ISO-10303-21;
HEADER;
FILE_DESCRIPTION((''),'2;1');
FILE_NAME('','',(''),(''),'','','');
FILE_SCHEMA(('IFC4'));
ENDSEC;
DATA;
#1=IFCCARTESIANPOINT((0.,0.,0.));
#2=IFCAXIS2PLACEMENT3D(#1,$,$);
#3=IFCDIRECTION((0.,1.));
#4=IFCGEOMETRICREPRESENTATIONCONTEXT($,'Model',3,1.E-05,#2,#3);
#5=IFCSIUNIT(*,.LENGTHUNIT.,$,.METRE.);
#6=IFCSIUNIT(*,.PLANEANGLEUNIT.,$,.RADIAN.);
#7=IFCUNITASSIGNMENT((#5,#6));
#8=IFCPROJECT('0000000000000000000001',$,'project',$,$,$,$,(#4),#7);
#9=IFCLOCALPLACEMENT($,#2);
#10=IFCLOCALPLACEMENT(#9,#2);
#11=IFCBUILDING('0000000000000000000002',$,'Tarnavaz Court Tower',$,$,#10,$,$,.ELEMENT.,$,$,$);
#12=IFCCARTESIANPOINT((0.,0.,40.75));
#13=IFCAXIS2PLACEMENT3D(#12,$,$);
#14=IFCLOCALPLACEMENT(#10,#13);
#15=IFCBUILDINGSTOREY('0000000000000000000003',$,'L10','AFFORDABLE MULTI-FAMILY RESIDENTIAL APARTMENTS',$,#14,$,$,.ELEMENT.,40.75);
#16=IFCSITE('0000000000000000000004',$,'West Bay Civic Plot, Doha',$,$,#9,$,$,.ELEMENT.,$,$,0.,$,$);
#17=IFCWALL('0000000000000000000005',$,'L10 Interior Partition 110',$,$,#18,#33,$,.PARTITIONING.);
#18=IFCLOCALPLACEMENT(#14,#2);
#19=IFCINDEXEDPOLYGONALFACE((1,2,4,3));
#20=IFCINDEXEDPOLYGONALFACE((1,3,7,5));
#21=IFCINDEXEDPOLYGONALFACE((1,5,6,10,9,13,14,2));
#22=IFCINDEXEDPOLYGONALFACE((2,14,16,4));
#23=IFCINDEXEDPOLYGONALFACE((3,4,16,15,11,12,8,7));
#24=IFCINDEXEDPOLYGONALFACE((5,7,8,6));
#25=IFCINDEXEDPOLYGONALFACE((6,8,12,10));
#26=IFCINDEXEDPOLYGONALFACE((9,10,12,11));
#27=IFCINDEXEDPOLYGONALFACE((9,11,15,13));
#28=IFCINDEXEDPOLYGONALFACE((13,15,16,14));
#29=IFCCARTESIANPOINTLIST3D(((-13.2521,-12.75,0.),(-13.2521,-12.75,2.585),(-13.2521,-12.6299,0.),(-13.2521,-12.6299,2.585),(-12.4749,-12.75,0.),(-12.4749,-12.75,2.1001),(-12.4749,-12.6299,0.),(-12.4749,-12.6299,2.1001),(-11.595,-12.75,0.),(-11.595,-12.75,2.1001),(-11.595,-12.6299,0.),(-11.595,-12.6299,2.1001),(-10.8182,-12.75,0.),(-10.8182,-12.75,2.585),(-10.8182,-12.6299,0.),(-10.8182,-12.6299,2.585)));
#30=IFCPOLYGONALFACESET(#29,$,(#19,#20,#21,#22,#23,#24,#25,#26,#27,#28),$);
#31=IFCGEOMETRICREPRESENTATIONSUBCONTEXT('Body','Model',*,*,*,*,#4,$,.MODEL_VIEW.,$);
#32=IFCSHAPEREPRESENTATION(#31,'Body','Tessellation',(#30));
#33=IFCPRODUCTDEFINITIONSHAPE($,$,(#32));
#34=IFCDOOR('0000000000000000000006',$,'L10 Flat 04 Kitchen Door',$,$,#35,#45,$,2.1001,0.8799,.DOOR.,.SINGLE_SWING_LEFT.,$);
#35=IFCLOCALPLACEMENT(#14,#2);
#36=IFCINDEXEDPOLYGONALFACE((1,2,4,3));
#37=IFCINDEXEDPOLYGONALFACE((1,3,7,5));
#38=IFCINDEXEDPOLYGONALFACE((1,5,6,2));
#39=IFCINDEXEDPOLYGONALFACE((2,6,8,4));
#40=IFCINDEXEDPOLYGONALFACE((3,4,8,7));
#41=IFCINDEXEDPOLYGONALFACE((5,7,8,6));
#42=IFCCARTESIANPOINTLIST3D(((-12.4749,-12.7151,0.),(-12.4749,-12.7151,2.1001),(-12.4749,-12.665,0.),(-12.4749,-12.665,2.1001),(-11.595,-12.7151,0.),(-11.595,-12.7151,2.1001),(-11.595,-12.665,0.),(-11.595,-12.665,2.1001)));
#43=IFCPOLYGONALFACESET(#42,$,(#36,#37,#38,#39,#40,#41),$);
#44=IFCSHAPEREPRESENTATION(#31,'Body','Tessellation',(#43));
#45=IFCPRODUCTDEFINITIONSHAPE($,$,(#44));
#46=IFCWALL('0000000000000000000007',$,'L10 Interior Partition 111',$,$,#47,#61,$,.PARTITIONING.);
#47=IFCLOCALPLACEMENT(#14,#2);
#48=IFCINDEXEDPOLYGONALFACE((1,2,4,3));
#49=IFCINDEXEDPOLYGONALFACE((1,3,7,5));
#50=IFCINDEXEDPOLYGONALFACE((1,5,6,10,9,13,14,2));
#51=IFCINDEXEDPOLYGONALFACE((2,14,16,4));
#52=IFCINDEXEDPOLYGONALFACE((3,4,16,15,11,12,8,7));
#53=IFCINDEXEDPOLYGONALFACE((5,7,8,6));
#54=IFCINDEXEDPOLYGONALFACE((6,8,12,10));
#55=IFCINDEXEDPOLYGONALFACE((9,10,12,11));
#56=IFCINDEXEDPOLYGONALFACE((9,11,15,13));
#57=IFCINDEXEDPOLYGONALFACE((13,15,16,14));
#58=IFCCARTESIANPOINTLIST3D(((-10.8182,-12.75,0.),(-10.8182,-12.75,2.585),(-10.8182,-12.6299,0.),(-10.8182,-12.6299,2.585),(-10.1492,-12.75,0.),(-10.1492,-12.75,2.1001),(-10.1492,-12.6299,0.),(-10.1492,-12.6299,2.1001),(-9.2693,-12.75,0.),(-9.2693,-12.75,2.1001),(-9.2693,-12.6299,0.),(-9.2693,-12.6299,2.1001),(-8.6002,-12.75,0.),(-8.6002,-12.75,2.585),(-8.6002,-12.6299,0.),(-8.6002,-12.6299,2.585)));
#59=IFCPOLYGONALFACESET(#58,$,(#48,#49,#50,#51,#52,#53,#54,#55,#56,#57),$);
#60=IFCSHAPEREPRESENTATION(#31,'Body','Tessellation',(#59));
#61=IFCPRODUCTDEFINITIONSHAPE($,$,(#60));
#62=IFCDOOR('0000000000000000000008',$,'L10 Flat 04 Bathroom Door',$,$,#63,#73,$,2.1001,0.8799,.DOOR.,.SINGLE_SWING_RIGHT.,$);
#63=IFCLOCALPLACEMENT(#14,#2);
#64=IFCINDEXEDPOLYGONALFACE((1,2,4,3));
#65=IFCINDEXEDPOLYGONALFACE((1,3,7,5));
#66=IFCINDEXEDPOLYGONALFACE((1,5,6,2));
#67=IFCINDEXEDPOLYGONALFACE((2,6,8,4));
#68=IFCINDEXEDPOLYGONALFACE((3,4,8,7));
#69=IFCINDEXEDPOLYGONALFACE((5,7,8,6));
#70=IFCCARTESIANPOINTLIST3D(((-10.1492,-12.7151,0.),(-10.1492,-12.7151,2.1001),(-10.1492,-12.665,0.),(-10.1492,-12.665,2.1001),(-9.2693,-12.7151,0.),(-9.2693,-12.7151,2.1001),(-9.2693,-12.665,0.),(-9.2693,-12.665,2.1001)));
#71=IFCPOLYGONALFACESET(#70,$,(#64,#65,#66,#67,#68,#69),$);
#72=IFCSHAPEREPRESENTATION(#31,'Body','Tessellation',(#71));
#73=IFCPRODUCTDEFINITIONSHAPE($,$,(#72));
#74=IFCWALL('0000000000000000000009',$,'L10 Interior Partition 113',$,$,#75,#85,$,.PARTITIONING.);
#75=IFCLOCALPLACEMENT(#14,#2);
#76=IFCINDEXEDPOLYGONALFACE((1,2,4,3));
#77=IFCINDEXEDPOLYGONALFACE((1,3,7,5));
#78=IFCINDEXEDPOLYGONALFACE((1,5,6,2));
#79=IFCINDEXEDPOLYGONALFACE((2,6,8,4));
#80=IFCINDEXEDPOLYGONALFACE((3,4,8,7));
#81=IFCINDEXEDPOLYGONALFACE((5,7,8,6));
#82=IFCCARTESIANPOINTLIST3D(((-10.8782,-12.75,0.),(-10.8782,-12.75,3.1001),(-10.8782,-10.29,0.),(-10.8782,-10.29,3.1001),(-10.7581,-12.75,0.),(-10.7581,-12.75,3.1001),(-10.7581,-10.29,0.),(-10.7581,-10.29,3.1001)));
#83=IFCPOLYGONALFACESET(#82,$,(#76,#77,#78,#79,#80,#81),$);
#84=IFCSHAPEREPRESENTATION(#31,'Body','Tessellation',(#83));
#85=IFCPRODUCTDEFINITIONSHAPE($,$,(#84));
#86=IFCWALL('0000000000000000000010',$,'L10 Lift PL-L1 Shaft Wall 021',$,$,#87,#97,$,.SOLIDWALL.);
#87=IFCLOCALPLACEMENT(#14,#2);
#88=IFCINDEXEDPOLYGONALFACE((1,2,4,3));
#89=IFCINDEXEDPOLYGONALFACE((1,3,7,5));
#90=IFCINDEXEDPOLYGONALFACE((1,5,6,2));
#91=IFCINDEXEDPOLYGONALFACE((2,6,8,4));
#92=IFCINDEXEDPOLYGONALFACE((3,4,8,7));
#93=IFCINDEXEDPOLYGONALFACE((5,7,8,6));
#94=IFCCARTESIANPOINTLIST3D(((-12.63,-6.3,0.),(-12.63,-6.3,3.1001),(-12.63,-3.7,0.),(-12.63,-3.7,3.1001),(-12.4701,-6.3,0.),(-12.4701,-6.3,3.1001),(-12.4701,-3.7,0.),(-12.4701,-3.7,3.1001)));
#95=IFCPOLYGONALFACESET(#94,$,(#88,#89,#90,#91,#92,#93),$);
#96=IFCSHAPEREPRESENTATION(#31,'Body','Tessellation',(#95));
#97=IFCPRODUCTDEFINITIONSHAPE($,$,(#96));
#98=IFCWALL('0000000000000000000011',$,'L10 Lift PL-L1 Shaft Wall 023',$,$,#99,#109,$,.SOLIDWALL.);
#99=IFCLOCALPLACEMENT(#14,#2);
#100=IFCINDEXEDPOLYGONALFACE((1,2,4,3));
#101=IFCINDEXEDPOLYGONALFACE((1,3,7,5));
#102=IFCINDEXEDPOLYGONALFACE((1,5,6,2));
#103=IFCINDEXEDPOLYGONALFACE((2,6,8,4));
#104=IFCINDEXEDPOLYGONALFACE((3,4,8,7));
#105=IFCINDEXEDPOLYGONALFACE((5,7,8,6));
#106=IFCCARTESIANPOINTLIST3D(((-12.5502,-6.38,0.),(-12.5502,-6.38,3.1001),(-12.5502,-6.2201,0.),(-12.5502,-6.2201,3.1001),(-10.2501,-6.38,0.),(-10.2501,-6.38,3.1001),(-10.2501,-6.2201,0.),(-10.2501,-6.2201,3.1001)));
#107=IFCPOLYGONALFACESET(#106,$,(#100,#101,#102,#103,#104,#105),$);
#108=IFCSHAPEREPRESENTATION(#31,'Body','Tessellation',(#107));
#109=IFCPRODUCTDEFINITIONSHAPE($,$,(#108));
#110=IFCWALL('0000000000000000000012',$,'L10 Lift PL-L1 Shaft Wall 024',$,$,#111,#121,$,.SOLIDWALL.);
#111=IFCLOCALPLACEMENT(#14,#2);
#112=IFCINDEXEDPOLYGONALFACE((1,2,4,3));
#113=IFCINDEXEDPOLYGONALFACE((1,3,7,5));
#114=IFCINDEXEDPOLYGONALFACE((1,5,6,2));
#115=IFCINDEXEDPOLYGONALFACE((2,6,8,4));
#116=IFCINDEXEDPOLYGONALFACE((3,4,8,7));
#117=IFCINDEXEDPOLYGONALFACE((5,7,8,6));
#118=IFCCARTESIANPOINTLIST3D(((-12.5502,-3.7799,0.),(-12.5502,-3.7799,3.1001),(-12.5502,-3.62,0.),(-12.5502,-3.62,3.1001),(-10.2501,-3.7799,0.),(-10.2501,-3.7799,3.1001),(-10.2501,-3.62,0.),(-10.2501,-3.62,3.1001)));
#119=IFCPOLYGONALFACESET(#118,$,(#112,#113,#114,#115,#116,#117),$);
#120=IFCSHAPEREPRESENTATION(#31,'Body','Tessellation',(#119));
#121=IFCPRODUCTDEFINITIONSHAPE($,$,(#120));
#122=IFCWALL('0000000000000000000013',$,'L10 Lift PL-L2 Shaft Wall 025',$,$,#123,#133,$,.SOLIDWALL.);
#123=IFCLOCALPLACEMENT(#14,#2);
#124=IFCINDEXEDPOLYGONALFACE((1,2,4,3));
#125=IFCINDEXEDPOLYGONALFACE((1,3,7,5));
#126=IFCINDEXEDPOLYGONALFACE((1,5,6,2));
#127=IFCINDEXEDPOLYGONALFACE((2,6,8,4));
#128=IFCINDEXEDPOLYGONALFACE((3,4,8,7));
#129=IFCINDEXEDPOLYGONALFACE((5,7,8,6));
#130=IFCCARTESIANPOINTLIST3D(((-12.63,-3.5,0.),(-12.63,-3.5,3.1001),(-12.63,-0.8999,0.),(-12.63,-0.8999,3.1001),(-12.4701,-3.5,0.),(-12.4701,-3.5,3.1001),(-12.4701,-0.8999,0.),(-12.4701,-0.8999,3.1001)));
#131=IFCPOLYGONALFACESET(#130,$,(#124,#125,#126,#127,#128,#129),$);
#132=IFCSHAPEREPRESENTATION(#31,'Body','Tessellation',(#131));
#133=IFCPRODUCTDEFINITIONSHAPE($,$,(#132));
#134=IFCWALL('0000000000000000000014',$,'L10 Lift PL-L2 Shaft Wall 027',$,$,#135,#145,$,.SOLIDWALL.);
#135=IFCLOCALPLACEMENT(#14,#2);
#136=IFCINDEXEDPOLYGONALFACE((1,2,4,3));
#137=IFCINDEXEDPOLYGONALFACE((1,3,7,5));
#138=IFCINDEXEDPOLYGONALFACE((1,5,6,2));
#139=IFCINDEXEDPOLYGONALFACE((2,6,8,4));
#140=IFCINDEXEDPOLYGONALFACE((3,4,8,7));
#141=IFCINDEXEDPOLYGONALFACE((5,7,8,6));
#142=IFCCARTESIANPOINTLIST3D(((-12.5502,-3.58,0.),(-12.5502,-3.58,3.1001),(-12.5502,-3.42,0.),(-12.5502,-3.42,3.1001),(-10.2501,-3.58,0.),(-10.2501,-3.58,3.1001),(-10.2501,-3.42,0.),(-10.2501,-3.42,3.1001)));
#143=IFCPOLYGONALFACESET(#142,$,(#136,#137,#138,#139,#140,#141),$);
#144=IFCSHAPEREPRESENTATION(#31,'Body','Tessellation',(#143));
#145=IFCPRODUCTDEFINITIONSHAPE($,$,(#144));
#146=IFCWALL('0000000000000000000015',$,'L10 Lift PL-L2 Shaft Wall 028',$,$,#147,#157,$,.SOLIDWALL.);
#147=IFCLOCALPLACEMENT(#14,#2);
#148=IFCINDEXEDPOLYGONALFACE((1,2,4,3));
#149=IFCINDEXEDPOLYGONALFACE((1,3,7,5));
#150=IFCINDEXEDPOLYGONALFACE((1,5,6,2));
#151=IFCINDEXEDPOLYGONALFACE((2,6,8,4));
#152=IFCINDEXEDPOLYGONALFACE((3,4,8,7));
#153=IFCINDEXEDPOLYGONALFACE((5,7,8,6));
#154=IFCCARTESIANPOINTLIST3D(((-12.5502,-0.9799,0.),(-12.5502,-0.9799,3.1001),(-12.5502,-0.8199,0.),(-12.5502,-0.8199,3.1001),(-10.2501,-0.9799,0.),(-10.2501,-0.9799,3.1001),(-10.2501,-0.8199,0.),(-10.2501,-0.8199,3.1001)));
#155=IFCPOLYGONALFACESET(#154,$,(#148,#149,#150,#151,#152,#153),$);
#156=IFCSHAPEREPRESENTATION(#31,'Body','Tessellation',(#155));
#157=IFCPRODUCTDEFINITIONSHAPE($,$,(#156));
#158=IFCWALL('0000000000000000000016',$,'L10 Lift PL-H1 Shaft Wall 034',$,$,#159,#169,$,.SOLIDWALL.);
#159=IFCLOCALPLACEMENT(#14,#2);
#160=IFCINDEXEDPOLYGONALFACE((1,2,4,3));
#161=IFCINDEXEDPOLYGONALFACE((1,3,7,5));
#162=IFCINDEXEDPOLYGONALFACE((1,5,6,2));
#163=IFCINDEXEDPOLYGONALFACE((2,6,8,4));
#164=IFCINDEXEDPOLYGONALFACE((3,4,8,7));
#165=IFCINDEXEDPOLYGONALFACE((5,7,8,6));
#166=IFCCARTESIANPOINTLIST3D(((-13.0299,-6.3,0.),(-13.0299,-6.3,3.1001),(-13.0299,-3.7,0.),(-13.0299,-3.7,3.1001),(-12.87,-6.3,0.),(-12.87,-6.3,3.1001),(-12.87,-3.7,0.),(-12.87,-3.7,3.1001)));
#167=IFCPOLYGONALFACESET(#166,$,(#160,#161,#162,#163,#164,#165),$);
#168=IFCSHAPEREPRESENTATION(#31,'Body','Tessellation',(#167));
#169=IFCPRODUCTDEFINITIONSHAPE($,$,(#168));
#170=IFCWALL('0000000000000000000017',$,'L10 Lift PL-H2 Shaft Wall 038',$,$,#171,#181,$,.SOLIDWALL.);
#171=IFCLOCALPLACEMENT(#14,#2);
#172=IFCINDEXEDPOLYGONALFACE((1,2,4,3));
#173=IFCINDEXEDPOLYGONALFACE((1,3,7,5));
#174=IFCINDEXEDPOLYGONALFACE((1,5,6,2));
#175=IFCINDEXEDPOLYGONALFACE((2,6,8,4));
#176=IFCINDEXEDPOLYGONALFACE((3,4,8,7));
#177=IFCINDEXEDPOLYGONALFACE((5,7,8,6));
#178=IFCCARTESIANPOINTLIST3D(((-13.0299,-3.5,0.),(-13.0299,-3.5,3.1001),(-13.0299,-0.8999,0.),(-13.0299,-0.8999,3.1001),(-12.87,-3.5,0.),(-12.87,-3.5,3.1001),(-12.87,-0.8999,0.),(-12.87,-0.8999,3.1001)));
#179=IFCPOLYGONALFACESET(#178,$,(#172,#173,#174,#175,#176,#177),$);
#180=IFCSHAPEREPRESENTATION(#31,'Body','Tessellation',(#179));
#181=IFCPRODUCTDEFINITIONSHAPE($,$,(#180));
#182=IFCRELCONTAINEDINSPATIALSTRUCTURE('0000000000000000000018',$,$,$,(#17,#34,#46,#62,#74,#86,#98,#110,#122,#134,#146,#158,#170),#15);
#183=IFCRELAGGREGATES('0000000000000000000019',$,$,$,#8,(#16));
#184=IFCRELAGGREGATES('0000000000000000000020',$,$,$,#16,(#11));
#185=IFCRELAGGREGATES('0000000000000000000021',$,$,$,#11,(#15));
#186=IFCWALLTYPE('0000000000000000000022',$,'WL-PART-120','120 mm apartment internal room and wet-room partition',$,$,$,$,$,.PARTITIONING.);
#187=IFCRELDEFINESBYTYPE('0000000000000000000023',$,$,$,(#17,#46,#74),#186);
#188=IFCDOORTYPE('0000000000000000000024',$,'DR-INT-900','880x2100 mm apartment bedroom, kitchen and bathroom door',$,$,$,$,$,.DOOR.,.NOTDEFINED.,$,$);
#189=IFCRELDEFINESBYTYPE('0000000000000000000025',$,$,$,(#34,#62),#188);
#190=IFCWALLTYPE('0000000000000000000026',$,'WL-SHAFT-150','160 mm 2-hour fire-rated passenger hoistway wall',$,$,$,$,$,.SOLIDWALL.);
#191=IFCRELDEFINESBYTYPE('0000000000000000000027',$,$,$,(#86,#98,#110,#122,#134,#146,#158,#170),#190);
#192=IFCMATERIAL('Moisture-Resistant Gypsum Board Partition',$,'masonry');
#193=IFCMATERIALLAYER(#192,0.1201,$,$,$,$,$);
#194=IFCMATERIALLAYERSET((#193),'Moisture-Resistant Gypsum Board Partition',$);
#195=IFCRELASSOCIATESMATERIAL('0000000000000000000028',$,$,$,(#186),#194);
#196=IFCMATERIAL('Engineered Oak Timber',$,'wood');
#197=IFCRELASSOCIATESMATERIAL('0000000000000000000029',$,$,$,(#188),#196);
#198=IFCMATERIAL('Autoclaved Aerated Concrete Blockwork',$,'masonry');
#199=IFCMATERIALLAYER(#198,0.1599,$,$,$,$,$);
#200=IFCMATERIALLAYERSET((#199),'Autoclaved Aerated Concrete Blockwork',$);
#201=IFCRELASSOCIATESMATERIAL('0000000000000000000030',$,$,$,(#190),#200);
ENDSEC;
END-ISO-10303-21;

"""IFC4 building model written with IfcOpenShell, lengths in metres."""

from ifc_helpers import new_model, si_unit, direction, frame, frame_2d, origin, place, context, subcontext, project, spatial, rectangle, extrude, material, layer, layer_set, type_object, element, fill, save


model = new_model("IFC4")

# Units and contexts
model_context = context("Model", 3, precision=1e-05, world=origin(), true_north=direction((0.0, 1.0)))
body_context = subcontext(model_context, "Body", "Model", "MODEL_VIEW")
ifc_project = project(units=[si_unit("LENGTHUNIT", "METRE"), si_unit("PLANEANGLEUNIT", "RADIAN")], contexts=[model_context])

# Site, building, storey
site_placement = place(None, origin())
site = spatial("IfcSite", under=ifc_project, at=site_placement, Name="West Bay Civic Plot, Doha", CompositionType="ELEMENT", RefElevation=0.0)
building_placement = place(site_placement, origin())
building = spatial("IfcBuilding", under=site, at=building_placement, Name="Tarnavaz Court Tower", CompositionType="ELEMENT")
storey_placement = place(building_placement, frame((0.0, 0.0, 40.75)))
storey = spatial("IfcBuildingStorey", under=building, at=storey_placement, Name="L10", Description="AFFORDABLE MULTI-FAMILY RESIDENTIAL APARTMENTS", CompositionType="ELEMENT", Elevation=40.75)

# Walls, openings, doors
ifc_material_1 = material(Name="Moisture-Resistant Gypsum Board Partition", Category="masonry")
ifc_layer_1 = layer(ifc_material_1, 0.1201)
ifc_layer_set_1 = layer_set([ifc_layer_1], Name="Moisture-Resistant Gypsum Board Partition")
wall_type_1 = type_object("IfcWallType", Name="WL-PART-120", Description="120 mm apartment internal room and wet-room partition", PredefinedType="PARTITIONING", material=ifc_layer_set_1)
wall_1_placement = place(storey_placement, frame((-13.252, -12.6899, 0.0), z_axis=(0.0, 0.0, 1.0), x_axis=(1.0, 0.0, 0.0)))
wall_1 = element("IfcWall", 1, at=wall_1_placement, inside=storey, type_object=wall_type_1, Name="L10 Interior Partition 110", PredefinedType="PARTITIONING", context=body_context, shape_type="SweptSolid", body=[
    extrude(rectangle(XDim=2.4338, YDim=0.1201, at=frame_2d((1.2168, 0.0))), origin(), (0.0, 0.0, 1.0), 2.585),
])
opening_1_placement = place(wall_1_placement, frame((0.7771, 0.0, 0.0)))
opening_1 = element("IfcOpeningElement", 2, at=opening_1_placement, cuts=wall_1, PredefinedType="OPENING", context=body_context, shape_type="SweptSolid", body=[
    extrude(rectangle(XDim=0.8799, YDim=2.1001, at=frame_2d((0.4399, 1.05))), frame((0.0, 0.0701, 0.0), z_axis=(0.0, -1.0, 0.0), x_axis=(1.0, 0.0, 0.0)), (0.0, 0.0, 1.0), 0.1401),
])
ifc_material_2 = material(Name="Engineered Oak Timber", Category="wood")
door_type_1 = type_object("IfcDoorType", Name="DR-INT-900", Description="880x2100 mm apartment bedroom, kitchen and bathroom door", OperationType="NOTDEFINED", PredefinedType="DOOR", material=ifc_material_2)
door_1_placement = place(opening_1_placement, origin())
door_1 = element("IfcDoor", 3, at=door_1_placement, inside=storey, type_object=door_type_1, Name="L10 Flat 04 Kitchen Door", OperationType="SINGLE_SWING_LEFT", OverallHeight=2.1001, OverallWidth=0.8799, PredefinedType="DOOR", context=body_context, shape_type="SweptSolid", body=[
    extrude(rectangle(XDim=0.8799, YDim=2.1001, at=frame_2d((0.4399, 1.05))), frame((0.0, 0.0249, 0.0), z_axis=(0.0, -1.0, 0.0), x_axis=(1.0, 0.0, 0.0)), (0.0, 0.0, 1.0), 0.05),
])
fill(opening_1, door_1)
wall_2_placement = place(storey_placement, frame((-10.8181, -12.6899, 0.0), z_axis=(0.0, 0.0, 1.0), x_axis=(1.0, 0.0, 0.0)))
wall_2 = element("IfcWall", 4, at=wall_2_placement, inside=storey, type_object=wall_type_1, Name="L10 Interior Partition 111", PredefinedType="PARTITIONING", context=body_context, shape_type="SweptSolid", body=[
    extrude(rectangle(XDim=2.218, YDim=0.1201, at=frame_2d((1.1089, 0.0))), origin(), (0.0, 0.0, 1.0), 2.585),
])
opening_2_placement = place(wall_2_placement, frame((0.6689, 0.0, 0.0)))
opening_2 = element("IfcOpeningElement", 5, at=opening_2_placement, cuts=wall_2, PredefinedType="OPENING", context=body_context, shape_type="SweptSolid", body=[
    extrude(rectangle(XDim=0.8799, YDim=2.1001, at=frame_2d((0.4399, 1.05))), frame((0.0, 0.0701, 0.0), z_axis=(0.0, -1.0, 0.0), x_axis=(1.0, 0.0, 0.0)), (0.0, 0.0, 1.0), 0.1401),
])
door_2_placement = place(opening_2_placement, origin())
door_2 = element("IfcDoor", 6, at=door_2_placement, inside=storey, type_object=door_type_1, Name="L10 Flat 04 Bathroom Door", OperationType="SINGLE_SWING_RIGHT", OverallHeight=2.1001, OverallWidth=0.8799, PredefinedType="DOOR", context=body_context, shape_type="SweptSolid", body=[
    extrude(rectangle(XDim=0.8799, YDim=2.1001, at=frame_2d((0.4399, 1.05))), frame((0.0, 0.0249, 0.0), z_axis=(0.0, -1.0, 0.0), x_axis=(1.0, 0.0, 0.0)), (0.0, 0.0, 1.0), 0.05),
])
fill(opening_2, door_2)

# Walls
wall_3_placement = place(storey_placement, frame((-10.8181, -12.75, 0.0), z_axis=(0.0, 0.0, 1.0), x_axis=(0.0, 1.0, 0.0)))
element("IfcWall", 7, at=wall_3_placement, inside=storey, type_object=wall_type_1, Name="L10 Interior Partition 113", PredefinedType="PARTITIONING", context=body_context, shape_type="SweptSolid", body=[
    extrude(rectangle(XDim=2.46, YDim=0.1201, at=frame_2d((1.23, 0.0))), origin(), (0.0, 0.0, 1.0), 3.1001),
])
ifc_material_3 = material(Name="Autoclaved Aerated Concrete Blockwork", Category="masonry")
ifc_layer_2 = layer(ifc_material_3, 0.1599)
ifc_layer_set_2 = layer_set([ifc_layer_2], Name="Autoclaved Aerated Concrete Blockwork")
wall_type_2 = type_object("IfcWallType", Name="WL-SHAFT-150", Description="160 mm 2-hour fire-rated passenger hoistway wall", PredefinedType="SOLIDWALL", material=ifc_layer_set_2)
wall_4_placement = place(storey_placement, frame((-12.55, -6.3, 0.0), z_axis=(0.0, 0.0, 1.0), x_axis=(0.0, 1.0, 0.0)))
element("IfcWall", 8, at=wall_4_placement, inside=storey, type_object=wall_type_2, Name="L10 Lift PL-L1 Shaft Wall 021", PredefinedType="SOLIDWALL", context=body_context, shape_type="SweptSolid", body=[
    extrude(rectangle(XDim=2.6001, YDim=0.1599, at=frame_2d((1.3, 0.0))), origin(), (0.0, 0.0, 1.0), 3.1001),
])

# Walls
for number, where, z_axis, x_axis, name in (
    (9, (-12.55, -6.3, 0.0), (0.0, 0.0, 1.0), (1.0, 0.0, 0.0), "L10 Lift PL-L1 Shaft Wall 023"),
    (10, (-12.55, -3.7, 0.0), (0.0, 0.0, 1.0), (1.0, 0.0, 0.0), "L10 Lift PL-L1 Shaft Wall 024"),
):
    element("IfcWall", number, at=place(storey_placement, frame(where, z_axis=z_axis, x_axis=x_axis)), inside=storey, type_object=wall_type_2, Name=name, PredefinedType="SOLIDWALL", context=body_context, shape_type="SweptSolid", body=[
        extrude(rectangle(XDim=2.3, YDim=0.1599, at=frame_2d((1.1499, 0.0))), origin(), (0.0, 0.0, 1.0), 3.1001),
    ])
wall_5_placement = place(storey_placement, frame((-12.55, -3.5, 0.0), z_axis=(0.0, 0.0, 1.0), x_axis=(0.0, 1.0, 0.0)))
element("IfcWall", 11, at=wall_5_placement, inside=storey, type_object=wall_type_2, Name="L10 Lift PL-L2 Shaft Wall 025", PredefinedType="SOLIDWALL", context=body_context, shape_type="SweptSolid", body=[
    extrude(rectangle(XDim=2.6001, YDim=0.1599, at=frame_2d((1.3, 0.0))), origin(), (0.0, 0.0, 1.0), 3.1001),
])

# Walls
for number, where, z_axis, x_axis, name in (
    (12, (-12.55, -3.5, 0.0), (0.0, 0.0, 1.0), (1.0, 0.0, 0.0), "L10 Lift PL-L2 Shaft Wall 027"),
    (13, (-12.55, -0.8999, 0.0), (0.0, 0.0, 1.0), (1.0, 0.0, 0.0), "L10 Lift PL-L2 Shaft Wall 028"),
):
    element("IfcWall", number, at=place(storey_placement, frame(where, z_axis=z_axis, x_axis=x_axis)), inside=storey, type_object=wall_type_2, Name=name, PredefinedType="SOLIDWALL", context=body_context, shape_type="SweptSolid", body=[
        extrude(rectangle(XDim=2.3, YDim=0.1599, at=frame_2d((1.1499, 0.0))), origin(), (0.0, 0.0, 1.0), 3.1001),
    ])
for number, where, z_axis, x_axis, name in (
    (14, (-12.95, -6.3, 0.0), (0.0, 0.0, 1.0), (0.0, 1.0, 0.0), "L10 Lift PL-H1 Shaft Wall 034"),
    (15, (-12.95, -3.5, 0.0), (0.0, 0.0, 1.0), (0.0, 1.0, 0.0), "L10 Lift PL-H2 Shaft Wall 038"),
):
    element("IfcWall", number, at=place(storey_placement, frame(where, z_axis=z_axis, x_axis=x_axis)), inside=storey, type_object=wall_type_2, Name=name, PredefinedType="SOLIDWALL", context=body_context, shape_type="SweptSolid", body=[
        extrude(rectangle(XDim=2.6001, YDim=0.1599, at=frame_2d((1.3, 0.0))), origin(), (0.0, 0.0, 1.0), 3.1001),
    ])

save(model, "model.ifc")
